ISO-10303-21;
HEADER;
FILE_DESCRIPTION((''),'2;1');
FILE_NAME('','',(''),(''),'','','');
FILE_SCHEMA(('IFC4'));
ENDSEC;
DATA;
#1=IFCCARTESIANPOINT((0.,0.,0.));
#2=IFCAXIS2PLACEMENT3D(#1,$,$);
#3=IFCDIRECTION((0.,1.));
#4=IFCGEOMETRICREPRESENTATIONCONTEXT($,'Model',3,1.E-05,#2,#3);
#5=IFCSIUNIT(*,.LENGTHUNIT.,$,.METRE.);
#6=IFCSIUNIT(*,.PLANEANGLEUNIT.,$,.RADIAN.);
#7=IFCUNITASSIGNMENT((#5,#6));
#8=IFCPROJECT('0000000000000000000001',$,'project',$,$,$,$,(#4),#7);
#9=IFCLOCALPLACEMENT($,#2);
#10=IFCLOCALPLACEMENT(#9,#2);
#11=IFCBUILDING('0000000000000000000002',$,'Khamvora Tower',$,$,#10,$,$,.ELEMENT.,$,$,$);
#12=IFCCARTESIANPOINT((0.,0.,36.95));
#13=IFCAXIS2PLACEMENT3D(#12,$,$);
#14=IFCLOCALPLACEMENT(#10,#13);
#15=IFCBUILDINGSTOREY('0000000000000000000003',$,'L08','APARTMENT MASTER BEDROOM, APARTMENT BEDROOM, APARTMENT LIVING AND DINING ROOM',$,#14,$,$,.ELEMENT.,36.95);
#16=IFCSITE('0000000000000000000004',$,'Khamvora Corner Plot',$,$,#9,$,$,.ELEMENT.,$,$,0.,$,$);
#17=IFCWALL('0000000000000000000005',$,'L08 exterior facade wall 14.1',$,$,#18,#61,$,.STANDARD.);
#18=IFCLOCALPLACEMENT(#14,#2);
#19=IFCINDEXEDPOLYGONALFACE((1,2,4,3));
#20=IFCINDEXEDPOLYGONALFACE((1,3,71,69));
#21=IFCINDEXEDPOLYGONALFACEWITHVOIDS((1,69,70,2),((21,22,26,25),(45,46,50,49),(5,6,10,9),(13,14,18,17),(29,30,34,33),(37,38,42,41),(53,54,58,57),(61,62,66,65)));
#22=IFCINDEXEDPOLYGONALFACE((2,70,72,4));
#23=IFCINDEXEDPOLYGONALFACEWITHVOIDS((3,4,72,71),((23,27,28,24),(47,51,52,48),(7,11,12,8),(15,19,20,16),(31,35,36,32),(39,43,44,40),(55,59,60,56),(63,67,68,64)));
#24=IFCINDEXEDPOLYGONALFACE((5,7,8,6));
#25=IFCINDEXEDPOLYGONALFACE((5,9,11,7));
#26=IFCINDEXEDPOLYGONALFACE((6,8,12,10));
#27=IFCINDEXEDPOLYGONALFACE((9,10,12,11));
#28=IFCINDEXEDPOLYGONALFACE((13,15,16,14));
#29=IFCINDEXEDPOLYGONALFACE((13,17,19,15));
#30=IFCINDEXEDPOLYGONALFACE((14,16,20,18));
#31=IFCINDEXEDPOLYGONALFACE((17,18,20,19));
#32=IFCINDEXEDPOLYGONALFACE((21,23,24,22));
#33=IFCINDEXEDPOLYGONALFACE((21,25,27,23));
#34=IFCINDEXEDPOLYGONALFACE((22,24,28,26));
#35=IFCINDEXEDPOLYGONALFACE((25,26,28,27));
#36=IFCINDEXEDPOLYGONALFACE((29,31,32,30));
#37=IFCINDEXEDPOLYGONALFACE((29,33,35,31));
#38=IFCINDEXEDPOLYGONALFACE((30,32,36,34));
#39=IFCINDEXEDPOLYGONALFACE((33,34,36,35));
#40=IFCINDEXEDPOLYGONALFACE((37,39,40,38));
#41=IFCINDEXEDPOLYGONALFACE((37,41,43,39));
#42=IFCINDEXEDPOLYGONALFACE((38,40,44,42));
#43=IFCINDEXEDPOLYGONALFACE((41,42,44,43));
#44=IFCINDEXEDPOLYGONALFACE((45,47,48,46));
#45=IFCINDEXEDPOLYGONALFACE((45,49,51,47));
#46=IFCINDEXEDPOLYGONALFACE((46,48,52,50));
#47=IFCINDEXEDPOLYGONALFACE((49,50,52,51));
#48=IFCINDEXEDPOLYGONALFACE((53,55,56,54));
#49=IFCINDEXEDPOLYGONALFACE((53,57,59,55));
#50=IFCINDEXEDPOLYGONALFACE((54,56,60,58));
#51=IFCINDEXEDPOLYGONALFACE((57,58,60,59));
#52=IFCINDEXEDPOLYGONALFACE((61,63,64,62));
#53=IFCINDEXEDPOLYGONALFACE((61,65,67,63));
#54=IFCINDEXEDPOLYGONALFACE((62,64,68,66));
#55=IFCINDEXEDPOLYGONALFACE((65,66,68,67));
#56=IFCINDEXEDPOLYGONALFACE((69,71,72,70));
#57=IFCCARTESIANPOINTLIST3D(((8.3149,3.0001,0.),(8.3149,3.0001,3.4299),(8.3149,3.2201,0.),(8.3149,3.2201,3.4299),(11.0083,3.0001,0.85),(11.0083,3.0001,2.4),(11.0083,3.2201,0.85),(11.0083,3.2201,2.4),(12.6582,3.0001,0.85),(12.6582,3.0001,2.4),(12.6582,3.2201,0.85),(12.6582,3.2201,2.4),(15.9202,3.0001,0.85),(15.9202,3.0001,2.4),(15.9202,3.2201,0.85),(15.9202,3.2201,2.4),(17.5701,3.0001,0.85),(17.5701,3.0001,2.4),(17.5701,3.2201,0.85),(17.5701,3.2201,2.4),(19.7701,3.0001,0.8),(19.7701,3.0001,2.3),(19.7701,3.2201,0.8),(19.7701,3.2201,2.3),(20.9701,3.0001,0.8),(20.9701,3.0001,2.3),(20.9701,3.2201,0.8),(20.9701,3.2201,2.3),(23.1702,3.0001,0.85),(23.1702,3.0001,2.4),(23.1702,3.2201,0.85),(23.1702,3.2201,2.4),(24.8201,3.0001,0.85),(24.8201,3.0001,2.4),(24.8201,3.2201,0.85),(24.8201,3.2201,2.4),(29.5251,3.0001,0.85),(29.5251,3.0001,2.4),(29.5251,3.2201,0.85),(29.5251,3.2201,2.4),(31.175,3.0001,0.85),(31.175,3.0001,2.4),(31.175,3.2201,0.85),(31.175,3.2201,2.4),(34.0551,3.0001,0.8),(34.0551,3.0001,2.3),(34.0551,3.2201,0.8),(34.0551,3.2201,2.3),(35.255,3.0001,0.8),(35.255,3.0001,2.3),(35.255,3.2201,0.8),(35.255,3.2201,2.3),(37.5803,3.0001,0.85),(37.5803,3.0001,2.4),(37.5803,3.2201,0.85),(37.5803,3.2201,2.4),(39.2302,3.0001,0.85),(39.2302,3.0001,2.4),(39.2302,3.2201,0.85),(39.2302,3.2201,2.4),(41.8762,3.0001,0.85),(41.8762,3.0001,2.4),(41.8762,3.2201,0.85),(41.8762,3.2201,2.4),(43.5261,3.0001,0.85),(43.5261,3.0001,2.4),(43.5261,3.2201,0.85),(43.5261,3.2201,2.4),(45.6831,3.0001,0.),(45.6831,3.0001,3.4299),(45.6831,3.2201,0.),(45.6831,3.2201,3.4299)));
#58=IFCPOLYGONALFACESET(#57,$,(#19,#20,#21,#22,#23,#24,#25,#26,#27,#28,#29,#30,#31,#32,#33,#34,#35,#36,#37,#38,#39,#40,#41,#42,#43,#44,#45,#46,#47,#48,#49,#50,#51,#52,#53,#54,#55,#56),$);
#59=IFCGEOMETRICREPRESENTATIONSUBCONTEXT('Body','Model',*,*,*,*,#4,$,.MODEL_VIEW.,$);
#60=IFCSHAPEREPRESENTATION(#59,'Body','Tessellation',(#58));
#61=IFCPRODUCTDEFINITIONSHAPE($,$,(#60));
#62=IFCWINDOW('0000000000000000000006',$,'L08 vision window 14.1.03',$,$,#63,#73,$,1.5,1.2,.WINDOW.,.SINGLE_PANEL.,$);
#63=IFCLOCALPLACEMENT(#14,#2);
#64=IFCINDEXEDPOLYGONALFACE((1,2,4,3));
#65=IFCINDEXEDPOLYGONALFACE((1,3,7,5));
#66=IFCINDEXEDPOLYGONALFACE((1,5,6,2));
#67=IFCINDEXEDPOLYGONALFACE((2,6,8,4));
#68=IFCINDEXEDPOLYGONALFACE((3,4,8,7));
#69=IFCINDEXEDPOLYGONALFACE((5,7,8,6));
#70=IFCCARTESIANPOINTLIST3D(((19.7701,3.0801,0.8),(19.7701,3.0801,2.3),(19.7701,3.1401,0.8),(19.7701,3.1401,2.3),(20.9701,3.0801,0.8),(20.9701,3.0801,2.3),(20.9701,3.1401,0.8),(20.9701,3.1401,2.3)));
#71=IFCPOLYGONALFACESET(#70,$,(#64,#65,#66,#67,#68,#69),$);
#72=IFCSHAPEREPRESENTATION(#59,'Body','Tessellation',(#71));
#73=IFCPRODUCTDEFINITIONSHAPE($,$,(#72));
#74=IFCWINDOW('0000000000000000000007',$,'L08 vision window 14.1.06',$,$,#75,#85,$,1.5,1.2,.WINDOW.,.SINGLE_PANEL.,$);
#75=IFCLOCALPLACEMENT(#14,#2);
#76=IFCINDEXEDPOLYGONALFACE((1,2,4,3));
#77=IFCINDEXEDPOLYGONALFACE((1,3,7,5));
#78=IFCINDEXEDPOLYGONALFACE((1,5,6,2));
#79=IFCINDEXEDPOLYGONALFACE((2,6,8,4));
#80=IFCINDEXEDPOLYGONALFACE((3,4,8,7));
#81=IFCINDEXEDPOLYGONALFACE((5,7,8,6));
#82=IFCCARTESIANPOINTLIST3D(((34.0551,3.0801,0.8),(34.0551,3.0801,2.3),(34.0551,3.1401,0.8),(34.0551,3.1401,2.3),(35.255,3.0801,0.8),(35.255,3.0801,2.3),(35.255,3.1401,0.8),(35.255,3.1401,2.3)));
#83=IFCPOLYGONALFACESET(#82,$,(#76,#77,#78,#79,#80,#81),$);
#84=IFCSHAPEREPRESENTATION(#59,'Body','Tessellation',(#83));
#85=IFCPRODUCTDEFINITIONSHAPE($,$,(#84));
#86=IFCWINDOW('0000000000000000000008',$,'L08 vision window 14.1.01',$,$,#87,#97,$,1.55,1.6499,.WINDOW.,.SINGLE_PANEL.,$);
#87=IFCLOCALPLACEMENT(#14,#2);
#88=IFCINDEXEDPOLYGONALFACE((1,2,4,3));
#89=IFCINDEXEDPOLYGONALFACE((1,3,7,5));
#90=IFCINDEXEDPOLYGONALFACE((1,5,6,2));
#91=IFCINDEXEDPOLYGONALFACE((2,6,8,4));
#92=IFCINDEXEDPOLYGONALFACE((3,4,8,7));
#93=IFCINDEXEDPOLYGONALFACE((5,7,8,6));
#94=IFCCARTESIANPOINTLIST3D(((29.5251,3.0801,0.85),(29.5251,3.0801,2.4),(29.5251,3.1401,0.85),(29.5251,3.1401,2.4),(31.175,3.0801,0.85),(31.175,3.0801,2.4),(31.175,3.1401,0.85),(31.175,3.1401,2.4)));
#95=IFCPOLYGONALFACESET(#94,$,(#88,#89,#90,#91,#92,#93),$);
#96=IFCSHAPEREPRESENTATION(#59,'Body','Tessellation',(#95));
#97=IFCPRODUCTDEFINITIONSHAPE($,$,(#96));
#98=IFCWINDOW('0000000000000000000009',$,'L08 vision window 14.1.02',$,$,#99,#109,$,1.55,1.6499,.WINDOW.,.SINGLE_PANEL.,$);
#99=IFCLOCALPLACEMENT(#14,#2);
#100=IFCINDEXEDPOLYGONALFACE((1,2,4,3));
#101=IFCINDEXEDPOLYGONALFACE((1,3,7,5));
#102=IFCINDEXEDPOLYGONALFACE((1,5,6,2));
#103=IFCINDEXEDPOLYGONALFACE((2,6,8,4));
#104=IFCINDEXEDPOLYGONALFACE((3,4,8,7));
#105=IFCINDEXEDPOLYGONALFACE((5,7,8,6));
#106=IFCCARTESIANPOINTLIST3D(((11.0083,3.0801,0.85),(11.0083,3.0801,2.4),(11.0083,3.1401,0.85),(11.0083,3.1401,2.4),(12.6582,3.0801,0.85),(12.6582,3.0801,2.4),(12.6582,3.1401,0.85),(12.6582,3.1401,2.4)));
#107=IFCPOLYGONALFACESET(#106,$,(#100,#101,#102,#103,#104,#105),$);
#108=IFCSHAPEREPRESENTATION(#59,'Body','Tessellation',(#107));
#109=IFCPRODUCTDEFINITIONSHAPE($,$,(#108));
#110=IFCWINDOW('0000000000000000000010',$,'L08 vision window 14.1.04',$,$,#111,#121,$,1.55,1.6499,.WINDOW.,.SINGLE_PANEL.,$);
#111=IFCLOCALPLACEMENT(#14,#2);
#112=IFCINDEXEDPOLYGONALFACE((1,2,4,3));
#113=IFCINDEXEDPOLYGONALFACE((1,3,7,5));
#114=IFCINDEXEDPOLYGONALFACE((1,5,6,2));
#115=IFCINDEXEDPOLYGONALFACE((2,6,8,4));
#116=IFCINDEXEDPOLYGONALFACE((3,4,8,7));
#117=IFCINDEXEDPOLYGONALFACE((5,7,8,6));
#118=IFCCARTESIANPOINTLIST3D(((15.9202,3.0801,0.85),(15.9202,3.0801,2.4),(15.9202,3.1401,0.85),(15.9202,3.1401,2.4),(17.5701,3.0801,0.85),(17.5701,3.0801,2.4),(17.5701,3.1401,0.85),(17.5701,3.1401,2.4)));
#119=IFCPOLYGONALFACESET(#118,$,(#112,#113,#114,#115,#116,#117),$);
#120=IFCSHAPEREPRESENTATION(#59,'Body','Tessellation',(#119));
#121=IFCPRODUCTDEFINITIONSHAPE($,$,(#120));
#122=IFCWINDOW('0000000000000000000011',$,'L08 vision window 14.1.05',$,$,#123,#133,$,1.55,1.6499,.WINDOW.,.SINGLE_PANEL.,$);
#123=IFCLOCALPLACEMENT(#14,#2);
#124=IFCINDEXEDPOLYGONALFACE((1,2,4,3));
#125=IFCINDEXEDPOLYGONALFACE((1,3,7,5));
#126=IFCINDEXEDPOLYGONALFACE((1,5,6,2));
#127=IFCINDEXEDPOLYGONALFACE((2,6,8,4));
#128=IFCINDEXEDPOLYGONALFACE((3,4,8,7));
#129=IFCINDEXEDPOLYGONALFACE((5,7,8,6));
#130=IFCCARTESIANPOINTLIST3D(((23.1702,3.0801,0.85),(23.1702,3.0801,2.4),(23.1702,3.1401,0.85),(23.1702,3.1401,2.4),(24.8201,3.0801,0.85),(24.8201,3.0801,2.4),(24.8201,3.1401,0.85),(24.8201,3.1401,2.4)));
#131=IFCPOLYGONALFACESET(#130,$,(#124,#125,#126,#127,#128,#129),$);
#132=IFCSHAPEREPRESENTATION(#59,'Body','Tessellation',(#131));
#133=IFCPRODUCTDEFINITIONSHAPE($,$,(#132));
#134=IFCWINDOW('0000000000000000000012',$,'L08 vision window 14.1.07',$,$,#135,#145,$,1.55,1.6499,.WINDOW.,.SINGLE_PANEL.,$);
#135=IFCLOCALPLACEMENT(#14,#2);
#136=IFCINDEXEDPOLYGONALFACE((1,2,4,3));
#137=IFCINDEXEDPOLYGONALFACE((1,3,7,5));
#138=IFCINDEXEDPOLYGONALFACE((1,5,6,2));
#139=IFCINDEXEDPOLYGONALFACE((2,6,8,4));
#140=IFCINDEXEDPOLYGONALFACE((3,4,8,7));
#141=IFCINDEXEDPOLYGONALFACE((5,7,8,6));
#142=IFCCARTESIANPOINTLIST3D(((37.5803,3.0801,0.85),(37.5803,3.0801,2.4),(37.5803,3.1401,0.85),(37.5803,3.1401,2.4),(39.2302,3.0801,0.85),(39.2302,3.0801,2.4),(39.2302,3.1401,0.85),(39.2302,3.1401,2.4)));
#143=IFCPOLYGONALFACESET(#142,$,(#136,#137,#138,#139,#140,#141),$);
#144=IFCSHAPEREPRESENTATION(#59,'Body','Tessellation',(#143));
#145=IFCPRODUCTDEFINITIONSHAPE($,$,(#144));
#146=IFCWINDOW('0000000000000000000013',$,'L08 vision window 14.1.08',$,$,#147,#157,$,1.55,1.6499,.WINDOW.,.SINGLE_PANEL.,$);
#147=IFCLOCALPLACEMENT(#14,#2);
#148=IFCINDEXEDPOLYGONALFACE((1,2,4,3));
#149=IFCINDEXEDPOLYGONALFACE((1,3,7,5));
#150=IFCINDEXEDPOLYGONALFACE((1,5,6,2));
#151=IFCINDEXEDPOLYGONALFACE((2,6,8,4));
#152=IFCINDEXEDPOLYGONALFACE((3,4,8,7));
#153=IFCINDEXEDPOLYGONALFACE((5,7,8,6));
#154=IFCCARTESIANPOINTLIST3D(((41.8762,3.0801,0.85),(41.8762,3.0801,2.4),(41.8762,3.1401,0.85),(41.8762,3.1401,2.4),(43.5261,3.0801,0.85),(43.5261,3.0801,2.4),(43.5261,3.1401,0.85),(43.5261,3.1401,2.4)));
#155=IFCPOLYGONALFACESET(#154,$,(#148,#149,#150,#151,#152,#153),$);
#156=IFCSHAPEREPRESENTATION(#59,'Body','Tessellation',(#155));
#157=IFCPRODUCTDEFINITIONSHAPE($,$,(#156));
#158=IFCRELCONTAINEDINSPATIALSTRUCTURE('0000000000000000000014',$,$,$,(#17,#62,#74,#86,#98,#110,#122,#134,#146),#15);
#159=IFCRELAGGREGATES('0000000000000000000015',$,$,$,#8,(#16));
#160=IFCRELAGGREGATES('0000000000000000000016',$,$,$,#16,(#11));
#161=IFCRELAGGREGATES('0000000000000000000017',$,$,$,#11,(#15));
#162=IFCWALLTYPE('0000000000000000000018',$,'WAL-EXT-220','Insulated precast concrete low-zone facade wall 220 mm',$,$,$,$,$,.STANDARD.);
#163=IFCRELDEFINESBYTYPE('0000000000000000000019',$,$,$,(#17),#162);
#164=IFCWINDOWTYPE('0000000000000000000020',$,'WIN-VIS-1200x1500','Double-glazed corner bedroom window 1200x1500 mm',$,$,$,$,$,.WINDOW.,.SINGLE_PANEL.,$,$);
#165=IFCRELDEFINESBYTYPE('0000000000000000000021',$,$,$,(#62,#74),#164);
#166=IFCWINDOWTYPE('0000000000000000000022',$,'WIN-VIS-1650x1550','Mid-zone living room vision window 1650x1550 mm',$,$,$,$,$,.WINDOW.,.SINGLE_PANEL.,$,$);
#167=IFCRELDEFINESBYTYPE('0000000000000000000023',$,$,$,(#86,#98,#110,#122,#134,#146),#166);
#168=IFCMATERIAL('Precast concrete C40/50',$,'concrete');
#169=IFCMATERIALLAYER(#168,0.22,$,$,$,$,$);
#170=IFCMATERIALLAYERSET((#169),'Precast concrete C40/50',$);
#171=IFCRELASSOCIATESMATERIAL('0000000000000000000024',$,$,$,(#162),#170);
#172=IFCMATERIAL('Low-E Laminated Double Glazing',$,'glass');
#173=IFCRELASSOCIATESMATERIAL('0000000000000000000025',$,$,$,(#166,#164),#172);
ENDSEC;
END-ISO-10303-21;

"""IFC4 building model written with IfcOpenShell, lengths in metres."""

from ifc_helpers import new_model, si_unit, direction, frame, frame_2d, origin, place, context, subcontext, project, spatial, rectangle, extrude, material, layer, layer_set, type_object, element, fill, save


model = new_model("IFC4")

# Units and contexts
model_context = context("Model", 3, precision=1e-05, world=origin(), true_north=direction((0.0, 1.0)))
body_context = subcontext(model_context, "Body", "Model", "MODEL_VIEW")
ifc_project = project(units=[si_unit("LENGTHUNIT", "METRE"), si_unit("PLANEANGLEUNIT", "RADIAN")], contexts=[model_context])

# Site, building, storey
site_placement = place(None, origin())
site = spatial("IfcSite", under=ifc_project, at=site_placement, Name="Khamvora Corner Plot", CompositionType="ELEMENT", RefElevation=0.0)
building_placement = place(site_placement, origin())
building = spatial("IfcBuilding", under=site, at=building_placement, Name="Khamvora Tower", CompositionType="ELEMENT")
storey_placement = place(building_placement, frame((0.0, 0.0, 36.95)))
storey = spatial("IfcBuildingStorey", under=building, at=storey_placement, Name="L08", Description="APARTMENT MASTER BEDROOM, APARTMENT BEDROOM, APARTMENT LIVING AND DINING ROOM", CompositionType="ELEMENT", Elevation=36.95)

# Shared definitions
ifc_material_1 = material(Name="Precast concrete C40/50", Category="concrete")
ifc_layer_1 = layer(ifc_material_1, 0.22)
ifc_layer_set_1 = layer_set([ifc_layer_1], Name="Precast concrete C40/50")
wall_type_1 = type_object("IfcWallType", Name="WAL-EXT-220", Description="Insulated precast concrete low-zone facade wall 220 mm", PredefinedType="STANDARD", material=ifc_layer_set_1)
ifc_material_2 = material(Name="Low-E Laminated Double Glazing", Category="glass")
window_type_1 = type_object("IfcWindowType", Name="WIN-VIS-1650x1550", Description="Mid-zone living room vision window 1650x1550 mm", PartitioningType="SINGLE_PANEL", PredefinedType="WINDOW", material=ifc_material_2)

# Wall, openings, windows
wall_1_placement = place(storey_placement, frame((45.6831, 3.1101, 0.0), z_axis=(0.0, 0.0, 1.0), x_axis=(-1.0, 0.0, 0.0)))
wall_1 = element("IfcWall", 1, at=wall_1_placement, inside=storey, type_object=wall_type_1, Name="L08 exterior facade wall 14.1", PredefinedType="STANDARD", context=body_context, shape_type="SweptSolid", body=[
    extrude(rectangle(XDim=37.3682, YDim=0.22, at=frame_2d((18.6841, 0.0))), origin(), (0.0, 0.0, 1.0), 3.4299),
])
opening_1_placement = place(wall_1_placement, frame((14.5081, 0.0, 0.8501)))
opening_1 = element("IfcOpeningElement", 2, at=opening_1_placement, cuts=wall_1, PredefinedType="OPENING", context=body_context, shape_type="SweptSolid", body=[
    extrude(rectangle(XDim=1.6499, YDim=1.55, at=frame_2d((0.825, 0.7749))), frame((0.0, 0.1199, 0.0), z_axis=(0.0, -1.0, 0.0), x_axis=(1.0, 0.0, 0.0)), (0.0, 0.0, 1.0), 0.24),
])
opening_2_placement = place(wall_1_placement, frame((33.0249, 0.0, 0.8501)))
opening_2 = element("IfcOpeningElement", 3, at=opening_2_placement, cuts=wall_1, PredefinedType="OPENING", context=body_context, shape_type="SweptSolid", body=[
    extrude(rectangle(XDim=1.6499, YDim=1.55, at=frame_2d((0.825, 0.7749))), frame((0.0, 0.1199, 0.0), z_axis=(0.0, -1.0, 0.0), x_axis=(1.0, 0.0, 0.0)), (0.0, 0.0, 1.0), 0.24),
])
opening_3_placement = place(wall_1_placement, frame((24.7129, 0.0, 0.8)))
opening_3 = element("IfcOpeningElement", 4, at=opening_3_placement, cuts=wall_1, PredefinedType="OPENING", context=body_context, shape_type="SweptSolid", body=[
    extrude(rectangle(XDim=1.2, YDim=1.5, at=frame_2d((0.6001, 0.75))), frame((0.0, 0.1199, 0.0), z_axis=(0.0, -1.0, 0.0), x_axis=(1.0, 0.0, 0.0)), (0.0, 0.0, 1.0), 0.24),
])
opening_4_placement = place(wall_1_placement, frame((28.113, 0.0, 0.8501)))
opening_4 = element("IfcOpeningElement", 5, at=opening_4_placement, cuts=wall_1, PredefinedType="OPENING", context=body_context, shape_type="SweptSolid", body=[
    extrude(rectangle(XDim=1.6499, YDim=1.55, at=frame_2d((0.825, 0.7749))), frame((0.0, 0.1199, 0.0), z_axis=(0.0, -1.0, 0.0), x_axis=(1.0, 0.0, 0.0)), (0.0, 0.0, 1.0), 0.24),
])
opening_5_placement = place(wall_1_placement, frame((20.863, 0.0, 0.8501)))
opening_5 = element("IfcOpeningElement", 6, at=opening_5_placement, cuts=wall_1, PredefinedType="OPENING", context=body_context, shape_type="SweptSolid", body=[
    extrude(rectangle(XDim=1.6499, YDim=1.55, at=frame_2d((0.825, 0.7749))), frame((0.0, 0.1199, 0.0), z_axis=(0.0, -1.0, 0.0), x_axis=(1.0, 0.0, 0.0)), (0.0, 0.0, 1.0), 0.24),
])
opening_6_placement = place(wall_1_placement, frame((10.428, 0.0, 0.8)))
opening_6 = element("IfcOpeningElement", 7, at=opening_6_placement, cuts=wall_1, PredefinedType="OPENING", context=body_context, shape_type="SweptSolid", body=[
    extrude(rectangle(XDim=1.2, YDim=1.5, at=frame_2d((0.6001, 0.75))), frame((0.0, 0.1199, 0.0), z_axis=(0.0, -1.0, 0.0), x_axis=(1.0, 0.0, 0.0)), (0.0, 0.0, 1.0), 0.24),
])
opening_7_placement = place(wall_1_placement, frame((6.4529, 0.0, 0.8501)))
opening_7 = element("IfcOpeningElement", 8, at=opening_7_placement, cuts=wall_1, PredefinedType="OPENING", context=body_context, shape_type="SweptSolid", body=[
    extrude(rectangle(XDim=1.6499, YDim=1.55, at=frame_2d((0.825, 0.7749))), frame((0.0, 0.1199, 0.0), z_axis=(0.0, -1.0, 0.0), x_axis=(1.0, 0.0, 0.0)), (0.0, 0.0, 1.0), 0.24),
])
opening_8_placement = place(wall_1_placement, frame((2.157, 0.0, 0.8501)))
opening_8 = element("IfcOpeningElement", 9, at=opening_8_placement, cuts=wall_1, PredefinedType="OPENING", context=body_context, shape_type="SweptSolid", body=[
    extrude(rectangle(XDim=1.6499, YDim=1.55, at=frame_2d((0.825, 0.7749))), frame((0.0, 0.1199, 0.0), z_axis=(0.0, -1.0, 0.0), x_axis=(1.0, 0.0, 0.0)), (0.0, 0.0, 1.0), 0.24),
])
window_type_2 = type_object("IfcWindowType", Name="WIN-VIS-1200x1500", Description="Double-glazed corner bedroom window 1200x1500 mm", PartitioningType="SINGLE_PANEL", PredefinedType="WINDOW", material=ifc_material_2)
window_1_placement = place(opening_3_placement, origin())
window_1 = element("IfcWindow", 10, at=window_1_placement, inside=storey, type_object=window_type_2, Name="L08 vision window 14.1.03", OverallHeight=1.5, OverallWidth=1.2, PartitioningType="SINGLE_PANEL", PredefinedType="WINDOW", context=body_context, shape_type="SweptSolid", body=[
    extrude(rectangle(XDim=1.2, YDim=1.5, at=frame_2d((0.6001, 0.75))), frame((0.0, 0.03, 0.0), z_axis=(0.0, -1.0, 0.0), x_axis=(1.0, 0.0, 0.0)), (0.0, 0.0, 1.0), 0.0601),
])
fill(opening_3, window_1)
window_2_placement = place(opening_6_placement, origin())
window_2 = element("IfcWindow", 11, at=window_2_placement, inside=storey, type_object=window_type_2, Name="L08 vision window 14.1.06", OverallHeight=1.5, OverallWidth=1.2, PartitioningType="SINGLE_PANEL", PredefinedType="WINDOW", context=body_context, shape_type="SweptSolid", body=[
    extrude(rectangle(XDim=1.2, YDim=1.5, at=frame_2d((0.6001, 0.75))), frame((0.0, 0.03, 0.0), z_axis=(0.0, -1.0, 0.0), x_axis=(1.0, 0.0, 0.0)), (0.0, 0.0, 1.0), 0.0601),
])
fill(opening_6, window_2)
window_3_placement = place(opening_1_placement, origin())
window_3 = element("IfcWindow", 12, at=window_3_placement, inside=storey, type_object=window_type_1, Name="L08 vision window 14.1.01", OverallHeight=1.55, OverallWidth=1.6499, PartitioningType="SINGLE_PANEL", PredefinedType="WINDOW", context=body_context, shape_type="SweptSolid", body=[
    extrude(rectangle(XDim=1.6499, YDim=1.55, at=frame_2d((0.825, 0.7749))), frame((0.0, 0.03, 0.0), z_axis=(0.0, -1.0, 0.0), x_axis=(1.0, 0.0, 0.0)), (0.0, 0.0, 1.0), 0.0601),
])
fill(opening_1, window_3)
window_4_placement = place(opening_2_placement, origin())
window_4 = element("IfcWindow", 13, at=window_4_placement, inside=storey, type_object=window_type_1, Name="L08 vision window 14.1.02", OverallHeight=1.55, OverallWidth=1.6499, PartitioningType="SINGLE_PANEL", PredefinedType="WINDOW", context=body_context, shape_type="SweptSolid", body=[
    extrude(rectangle(XDim=1.6499, YDim=1.55, at=frame_2d((0.825, 0.7749))), frame((0.0, 0.03, 0.0), z_axis=(0.0, -1.0, 0.0), x_axis=(1.0, 0.0, 0.0)), (0.0, 0.0, 1.0), 0.0601),
])
fill(opening_2, window_4)
window_5_placement = place(opening_4_placement, origin())
window_5 = element("IfcWindow", 14, at=window_5_placement, inside=storey, type_object=window_type_1, Name="L08 vision window 14.1.04", OverallHeight=1.55, OverallWidth=1.6499, PartitioningType="SINGLE_PANEL", PredefinedType="WINDOW", context=body_context, shape_type="SweptSolid", body=[
    extrude(rectangle(XDim=1.6499, YDim=1.55, at=frame_2d((0.825, 0.7749))), frame((0.0, 0.03, 0.0), z_axis=(0.0, -1.0, 0.0), x_axis=(1.0, 0.0, 0.0)), (0.0, 0.0, 1.0), 0.0601),
])
fill(opening_4, window_5)
window_6_placement = place(opening_5_placement, origin())
window_6 = element("IfcWindow", 15, at=window_6_placement, inside=storey, type_object=window_type_1, Name="L08 vision window 14.1.05", OverallHeight=1.55, OverallWidth=1.6499, PartitioningType="SINGLE_PANEL", PredefinedType="WINDOW", context=body_context, shape_type="SweptSolid", body=[
    extrude(rectangle(XDim=1.6499, YDim=1.55, at=frame_2d((0.825, 0.7749))), frame((0.0, 0.03, 0.0), z_axis=(0.0, -1.0, 0.0), x_axis=(1.0, 0.0, 0.0)), (0.0, 0.0, 1.0), 0.0601),
])
fill(opening_5, window_6)
window_7_placement = place(opening_7_placement, origin())
window_7 = element("IfcWindow", 16, at=window_7_placement, inside=storey, type_object=window_type_1, Name="L08 vision window 14.1.07", OverallHeight=1.55, OverallWidth=1.6499, PartitioningType="SINGLE_PANEL", PredefinedType="WINDOW", context=body_context, shape_type="SweptSolid", body=[
    extrude(rectangle(XDim=1.6499, YDim=1.55, at=frame_2d((0.825, 0.7749))), frame((0.0, 0.03, 0.0), z_axis=(0.0, -1.0, 0.0), x_axis=(1.0, 0.0, 0.0)), (0.0, 0.0, 1.0), 0.0601),
])
fill(opening_7, window_7)
window_8_placement = place(opening_8_placement, origin())
window_8 = element("IfcWindow", 17, at=window_8_placement, inside=storey, type_object=window_type_1, Name="L08 vision window 14.1.08", OverallHeight=1.55, OverallWidth=1.6499, PartitioningType="SINGLE_PANEL", PredefinedType="WINDOW", context=body_context, shape_type="SweptSolid", body=[
    extrude(rectangle(XDim=1.6499, YDim=1.55, at=frame_2d((0.825, 0.7749))), frame((0.0, 0.03, 0.0), z_axis=(0.0, -1.0, 0.0), x_axis=(1.0, 0.0, 0.0)), (0.0, 0.0, 1.0), 0.0601),
])
fill(opening_8, window_8)

save(model, "model.ifc")
